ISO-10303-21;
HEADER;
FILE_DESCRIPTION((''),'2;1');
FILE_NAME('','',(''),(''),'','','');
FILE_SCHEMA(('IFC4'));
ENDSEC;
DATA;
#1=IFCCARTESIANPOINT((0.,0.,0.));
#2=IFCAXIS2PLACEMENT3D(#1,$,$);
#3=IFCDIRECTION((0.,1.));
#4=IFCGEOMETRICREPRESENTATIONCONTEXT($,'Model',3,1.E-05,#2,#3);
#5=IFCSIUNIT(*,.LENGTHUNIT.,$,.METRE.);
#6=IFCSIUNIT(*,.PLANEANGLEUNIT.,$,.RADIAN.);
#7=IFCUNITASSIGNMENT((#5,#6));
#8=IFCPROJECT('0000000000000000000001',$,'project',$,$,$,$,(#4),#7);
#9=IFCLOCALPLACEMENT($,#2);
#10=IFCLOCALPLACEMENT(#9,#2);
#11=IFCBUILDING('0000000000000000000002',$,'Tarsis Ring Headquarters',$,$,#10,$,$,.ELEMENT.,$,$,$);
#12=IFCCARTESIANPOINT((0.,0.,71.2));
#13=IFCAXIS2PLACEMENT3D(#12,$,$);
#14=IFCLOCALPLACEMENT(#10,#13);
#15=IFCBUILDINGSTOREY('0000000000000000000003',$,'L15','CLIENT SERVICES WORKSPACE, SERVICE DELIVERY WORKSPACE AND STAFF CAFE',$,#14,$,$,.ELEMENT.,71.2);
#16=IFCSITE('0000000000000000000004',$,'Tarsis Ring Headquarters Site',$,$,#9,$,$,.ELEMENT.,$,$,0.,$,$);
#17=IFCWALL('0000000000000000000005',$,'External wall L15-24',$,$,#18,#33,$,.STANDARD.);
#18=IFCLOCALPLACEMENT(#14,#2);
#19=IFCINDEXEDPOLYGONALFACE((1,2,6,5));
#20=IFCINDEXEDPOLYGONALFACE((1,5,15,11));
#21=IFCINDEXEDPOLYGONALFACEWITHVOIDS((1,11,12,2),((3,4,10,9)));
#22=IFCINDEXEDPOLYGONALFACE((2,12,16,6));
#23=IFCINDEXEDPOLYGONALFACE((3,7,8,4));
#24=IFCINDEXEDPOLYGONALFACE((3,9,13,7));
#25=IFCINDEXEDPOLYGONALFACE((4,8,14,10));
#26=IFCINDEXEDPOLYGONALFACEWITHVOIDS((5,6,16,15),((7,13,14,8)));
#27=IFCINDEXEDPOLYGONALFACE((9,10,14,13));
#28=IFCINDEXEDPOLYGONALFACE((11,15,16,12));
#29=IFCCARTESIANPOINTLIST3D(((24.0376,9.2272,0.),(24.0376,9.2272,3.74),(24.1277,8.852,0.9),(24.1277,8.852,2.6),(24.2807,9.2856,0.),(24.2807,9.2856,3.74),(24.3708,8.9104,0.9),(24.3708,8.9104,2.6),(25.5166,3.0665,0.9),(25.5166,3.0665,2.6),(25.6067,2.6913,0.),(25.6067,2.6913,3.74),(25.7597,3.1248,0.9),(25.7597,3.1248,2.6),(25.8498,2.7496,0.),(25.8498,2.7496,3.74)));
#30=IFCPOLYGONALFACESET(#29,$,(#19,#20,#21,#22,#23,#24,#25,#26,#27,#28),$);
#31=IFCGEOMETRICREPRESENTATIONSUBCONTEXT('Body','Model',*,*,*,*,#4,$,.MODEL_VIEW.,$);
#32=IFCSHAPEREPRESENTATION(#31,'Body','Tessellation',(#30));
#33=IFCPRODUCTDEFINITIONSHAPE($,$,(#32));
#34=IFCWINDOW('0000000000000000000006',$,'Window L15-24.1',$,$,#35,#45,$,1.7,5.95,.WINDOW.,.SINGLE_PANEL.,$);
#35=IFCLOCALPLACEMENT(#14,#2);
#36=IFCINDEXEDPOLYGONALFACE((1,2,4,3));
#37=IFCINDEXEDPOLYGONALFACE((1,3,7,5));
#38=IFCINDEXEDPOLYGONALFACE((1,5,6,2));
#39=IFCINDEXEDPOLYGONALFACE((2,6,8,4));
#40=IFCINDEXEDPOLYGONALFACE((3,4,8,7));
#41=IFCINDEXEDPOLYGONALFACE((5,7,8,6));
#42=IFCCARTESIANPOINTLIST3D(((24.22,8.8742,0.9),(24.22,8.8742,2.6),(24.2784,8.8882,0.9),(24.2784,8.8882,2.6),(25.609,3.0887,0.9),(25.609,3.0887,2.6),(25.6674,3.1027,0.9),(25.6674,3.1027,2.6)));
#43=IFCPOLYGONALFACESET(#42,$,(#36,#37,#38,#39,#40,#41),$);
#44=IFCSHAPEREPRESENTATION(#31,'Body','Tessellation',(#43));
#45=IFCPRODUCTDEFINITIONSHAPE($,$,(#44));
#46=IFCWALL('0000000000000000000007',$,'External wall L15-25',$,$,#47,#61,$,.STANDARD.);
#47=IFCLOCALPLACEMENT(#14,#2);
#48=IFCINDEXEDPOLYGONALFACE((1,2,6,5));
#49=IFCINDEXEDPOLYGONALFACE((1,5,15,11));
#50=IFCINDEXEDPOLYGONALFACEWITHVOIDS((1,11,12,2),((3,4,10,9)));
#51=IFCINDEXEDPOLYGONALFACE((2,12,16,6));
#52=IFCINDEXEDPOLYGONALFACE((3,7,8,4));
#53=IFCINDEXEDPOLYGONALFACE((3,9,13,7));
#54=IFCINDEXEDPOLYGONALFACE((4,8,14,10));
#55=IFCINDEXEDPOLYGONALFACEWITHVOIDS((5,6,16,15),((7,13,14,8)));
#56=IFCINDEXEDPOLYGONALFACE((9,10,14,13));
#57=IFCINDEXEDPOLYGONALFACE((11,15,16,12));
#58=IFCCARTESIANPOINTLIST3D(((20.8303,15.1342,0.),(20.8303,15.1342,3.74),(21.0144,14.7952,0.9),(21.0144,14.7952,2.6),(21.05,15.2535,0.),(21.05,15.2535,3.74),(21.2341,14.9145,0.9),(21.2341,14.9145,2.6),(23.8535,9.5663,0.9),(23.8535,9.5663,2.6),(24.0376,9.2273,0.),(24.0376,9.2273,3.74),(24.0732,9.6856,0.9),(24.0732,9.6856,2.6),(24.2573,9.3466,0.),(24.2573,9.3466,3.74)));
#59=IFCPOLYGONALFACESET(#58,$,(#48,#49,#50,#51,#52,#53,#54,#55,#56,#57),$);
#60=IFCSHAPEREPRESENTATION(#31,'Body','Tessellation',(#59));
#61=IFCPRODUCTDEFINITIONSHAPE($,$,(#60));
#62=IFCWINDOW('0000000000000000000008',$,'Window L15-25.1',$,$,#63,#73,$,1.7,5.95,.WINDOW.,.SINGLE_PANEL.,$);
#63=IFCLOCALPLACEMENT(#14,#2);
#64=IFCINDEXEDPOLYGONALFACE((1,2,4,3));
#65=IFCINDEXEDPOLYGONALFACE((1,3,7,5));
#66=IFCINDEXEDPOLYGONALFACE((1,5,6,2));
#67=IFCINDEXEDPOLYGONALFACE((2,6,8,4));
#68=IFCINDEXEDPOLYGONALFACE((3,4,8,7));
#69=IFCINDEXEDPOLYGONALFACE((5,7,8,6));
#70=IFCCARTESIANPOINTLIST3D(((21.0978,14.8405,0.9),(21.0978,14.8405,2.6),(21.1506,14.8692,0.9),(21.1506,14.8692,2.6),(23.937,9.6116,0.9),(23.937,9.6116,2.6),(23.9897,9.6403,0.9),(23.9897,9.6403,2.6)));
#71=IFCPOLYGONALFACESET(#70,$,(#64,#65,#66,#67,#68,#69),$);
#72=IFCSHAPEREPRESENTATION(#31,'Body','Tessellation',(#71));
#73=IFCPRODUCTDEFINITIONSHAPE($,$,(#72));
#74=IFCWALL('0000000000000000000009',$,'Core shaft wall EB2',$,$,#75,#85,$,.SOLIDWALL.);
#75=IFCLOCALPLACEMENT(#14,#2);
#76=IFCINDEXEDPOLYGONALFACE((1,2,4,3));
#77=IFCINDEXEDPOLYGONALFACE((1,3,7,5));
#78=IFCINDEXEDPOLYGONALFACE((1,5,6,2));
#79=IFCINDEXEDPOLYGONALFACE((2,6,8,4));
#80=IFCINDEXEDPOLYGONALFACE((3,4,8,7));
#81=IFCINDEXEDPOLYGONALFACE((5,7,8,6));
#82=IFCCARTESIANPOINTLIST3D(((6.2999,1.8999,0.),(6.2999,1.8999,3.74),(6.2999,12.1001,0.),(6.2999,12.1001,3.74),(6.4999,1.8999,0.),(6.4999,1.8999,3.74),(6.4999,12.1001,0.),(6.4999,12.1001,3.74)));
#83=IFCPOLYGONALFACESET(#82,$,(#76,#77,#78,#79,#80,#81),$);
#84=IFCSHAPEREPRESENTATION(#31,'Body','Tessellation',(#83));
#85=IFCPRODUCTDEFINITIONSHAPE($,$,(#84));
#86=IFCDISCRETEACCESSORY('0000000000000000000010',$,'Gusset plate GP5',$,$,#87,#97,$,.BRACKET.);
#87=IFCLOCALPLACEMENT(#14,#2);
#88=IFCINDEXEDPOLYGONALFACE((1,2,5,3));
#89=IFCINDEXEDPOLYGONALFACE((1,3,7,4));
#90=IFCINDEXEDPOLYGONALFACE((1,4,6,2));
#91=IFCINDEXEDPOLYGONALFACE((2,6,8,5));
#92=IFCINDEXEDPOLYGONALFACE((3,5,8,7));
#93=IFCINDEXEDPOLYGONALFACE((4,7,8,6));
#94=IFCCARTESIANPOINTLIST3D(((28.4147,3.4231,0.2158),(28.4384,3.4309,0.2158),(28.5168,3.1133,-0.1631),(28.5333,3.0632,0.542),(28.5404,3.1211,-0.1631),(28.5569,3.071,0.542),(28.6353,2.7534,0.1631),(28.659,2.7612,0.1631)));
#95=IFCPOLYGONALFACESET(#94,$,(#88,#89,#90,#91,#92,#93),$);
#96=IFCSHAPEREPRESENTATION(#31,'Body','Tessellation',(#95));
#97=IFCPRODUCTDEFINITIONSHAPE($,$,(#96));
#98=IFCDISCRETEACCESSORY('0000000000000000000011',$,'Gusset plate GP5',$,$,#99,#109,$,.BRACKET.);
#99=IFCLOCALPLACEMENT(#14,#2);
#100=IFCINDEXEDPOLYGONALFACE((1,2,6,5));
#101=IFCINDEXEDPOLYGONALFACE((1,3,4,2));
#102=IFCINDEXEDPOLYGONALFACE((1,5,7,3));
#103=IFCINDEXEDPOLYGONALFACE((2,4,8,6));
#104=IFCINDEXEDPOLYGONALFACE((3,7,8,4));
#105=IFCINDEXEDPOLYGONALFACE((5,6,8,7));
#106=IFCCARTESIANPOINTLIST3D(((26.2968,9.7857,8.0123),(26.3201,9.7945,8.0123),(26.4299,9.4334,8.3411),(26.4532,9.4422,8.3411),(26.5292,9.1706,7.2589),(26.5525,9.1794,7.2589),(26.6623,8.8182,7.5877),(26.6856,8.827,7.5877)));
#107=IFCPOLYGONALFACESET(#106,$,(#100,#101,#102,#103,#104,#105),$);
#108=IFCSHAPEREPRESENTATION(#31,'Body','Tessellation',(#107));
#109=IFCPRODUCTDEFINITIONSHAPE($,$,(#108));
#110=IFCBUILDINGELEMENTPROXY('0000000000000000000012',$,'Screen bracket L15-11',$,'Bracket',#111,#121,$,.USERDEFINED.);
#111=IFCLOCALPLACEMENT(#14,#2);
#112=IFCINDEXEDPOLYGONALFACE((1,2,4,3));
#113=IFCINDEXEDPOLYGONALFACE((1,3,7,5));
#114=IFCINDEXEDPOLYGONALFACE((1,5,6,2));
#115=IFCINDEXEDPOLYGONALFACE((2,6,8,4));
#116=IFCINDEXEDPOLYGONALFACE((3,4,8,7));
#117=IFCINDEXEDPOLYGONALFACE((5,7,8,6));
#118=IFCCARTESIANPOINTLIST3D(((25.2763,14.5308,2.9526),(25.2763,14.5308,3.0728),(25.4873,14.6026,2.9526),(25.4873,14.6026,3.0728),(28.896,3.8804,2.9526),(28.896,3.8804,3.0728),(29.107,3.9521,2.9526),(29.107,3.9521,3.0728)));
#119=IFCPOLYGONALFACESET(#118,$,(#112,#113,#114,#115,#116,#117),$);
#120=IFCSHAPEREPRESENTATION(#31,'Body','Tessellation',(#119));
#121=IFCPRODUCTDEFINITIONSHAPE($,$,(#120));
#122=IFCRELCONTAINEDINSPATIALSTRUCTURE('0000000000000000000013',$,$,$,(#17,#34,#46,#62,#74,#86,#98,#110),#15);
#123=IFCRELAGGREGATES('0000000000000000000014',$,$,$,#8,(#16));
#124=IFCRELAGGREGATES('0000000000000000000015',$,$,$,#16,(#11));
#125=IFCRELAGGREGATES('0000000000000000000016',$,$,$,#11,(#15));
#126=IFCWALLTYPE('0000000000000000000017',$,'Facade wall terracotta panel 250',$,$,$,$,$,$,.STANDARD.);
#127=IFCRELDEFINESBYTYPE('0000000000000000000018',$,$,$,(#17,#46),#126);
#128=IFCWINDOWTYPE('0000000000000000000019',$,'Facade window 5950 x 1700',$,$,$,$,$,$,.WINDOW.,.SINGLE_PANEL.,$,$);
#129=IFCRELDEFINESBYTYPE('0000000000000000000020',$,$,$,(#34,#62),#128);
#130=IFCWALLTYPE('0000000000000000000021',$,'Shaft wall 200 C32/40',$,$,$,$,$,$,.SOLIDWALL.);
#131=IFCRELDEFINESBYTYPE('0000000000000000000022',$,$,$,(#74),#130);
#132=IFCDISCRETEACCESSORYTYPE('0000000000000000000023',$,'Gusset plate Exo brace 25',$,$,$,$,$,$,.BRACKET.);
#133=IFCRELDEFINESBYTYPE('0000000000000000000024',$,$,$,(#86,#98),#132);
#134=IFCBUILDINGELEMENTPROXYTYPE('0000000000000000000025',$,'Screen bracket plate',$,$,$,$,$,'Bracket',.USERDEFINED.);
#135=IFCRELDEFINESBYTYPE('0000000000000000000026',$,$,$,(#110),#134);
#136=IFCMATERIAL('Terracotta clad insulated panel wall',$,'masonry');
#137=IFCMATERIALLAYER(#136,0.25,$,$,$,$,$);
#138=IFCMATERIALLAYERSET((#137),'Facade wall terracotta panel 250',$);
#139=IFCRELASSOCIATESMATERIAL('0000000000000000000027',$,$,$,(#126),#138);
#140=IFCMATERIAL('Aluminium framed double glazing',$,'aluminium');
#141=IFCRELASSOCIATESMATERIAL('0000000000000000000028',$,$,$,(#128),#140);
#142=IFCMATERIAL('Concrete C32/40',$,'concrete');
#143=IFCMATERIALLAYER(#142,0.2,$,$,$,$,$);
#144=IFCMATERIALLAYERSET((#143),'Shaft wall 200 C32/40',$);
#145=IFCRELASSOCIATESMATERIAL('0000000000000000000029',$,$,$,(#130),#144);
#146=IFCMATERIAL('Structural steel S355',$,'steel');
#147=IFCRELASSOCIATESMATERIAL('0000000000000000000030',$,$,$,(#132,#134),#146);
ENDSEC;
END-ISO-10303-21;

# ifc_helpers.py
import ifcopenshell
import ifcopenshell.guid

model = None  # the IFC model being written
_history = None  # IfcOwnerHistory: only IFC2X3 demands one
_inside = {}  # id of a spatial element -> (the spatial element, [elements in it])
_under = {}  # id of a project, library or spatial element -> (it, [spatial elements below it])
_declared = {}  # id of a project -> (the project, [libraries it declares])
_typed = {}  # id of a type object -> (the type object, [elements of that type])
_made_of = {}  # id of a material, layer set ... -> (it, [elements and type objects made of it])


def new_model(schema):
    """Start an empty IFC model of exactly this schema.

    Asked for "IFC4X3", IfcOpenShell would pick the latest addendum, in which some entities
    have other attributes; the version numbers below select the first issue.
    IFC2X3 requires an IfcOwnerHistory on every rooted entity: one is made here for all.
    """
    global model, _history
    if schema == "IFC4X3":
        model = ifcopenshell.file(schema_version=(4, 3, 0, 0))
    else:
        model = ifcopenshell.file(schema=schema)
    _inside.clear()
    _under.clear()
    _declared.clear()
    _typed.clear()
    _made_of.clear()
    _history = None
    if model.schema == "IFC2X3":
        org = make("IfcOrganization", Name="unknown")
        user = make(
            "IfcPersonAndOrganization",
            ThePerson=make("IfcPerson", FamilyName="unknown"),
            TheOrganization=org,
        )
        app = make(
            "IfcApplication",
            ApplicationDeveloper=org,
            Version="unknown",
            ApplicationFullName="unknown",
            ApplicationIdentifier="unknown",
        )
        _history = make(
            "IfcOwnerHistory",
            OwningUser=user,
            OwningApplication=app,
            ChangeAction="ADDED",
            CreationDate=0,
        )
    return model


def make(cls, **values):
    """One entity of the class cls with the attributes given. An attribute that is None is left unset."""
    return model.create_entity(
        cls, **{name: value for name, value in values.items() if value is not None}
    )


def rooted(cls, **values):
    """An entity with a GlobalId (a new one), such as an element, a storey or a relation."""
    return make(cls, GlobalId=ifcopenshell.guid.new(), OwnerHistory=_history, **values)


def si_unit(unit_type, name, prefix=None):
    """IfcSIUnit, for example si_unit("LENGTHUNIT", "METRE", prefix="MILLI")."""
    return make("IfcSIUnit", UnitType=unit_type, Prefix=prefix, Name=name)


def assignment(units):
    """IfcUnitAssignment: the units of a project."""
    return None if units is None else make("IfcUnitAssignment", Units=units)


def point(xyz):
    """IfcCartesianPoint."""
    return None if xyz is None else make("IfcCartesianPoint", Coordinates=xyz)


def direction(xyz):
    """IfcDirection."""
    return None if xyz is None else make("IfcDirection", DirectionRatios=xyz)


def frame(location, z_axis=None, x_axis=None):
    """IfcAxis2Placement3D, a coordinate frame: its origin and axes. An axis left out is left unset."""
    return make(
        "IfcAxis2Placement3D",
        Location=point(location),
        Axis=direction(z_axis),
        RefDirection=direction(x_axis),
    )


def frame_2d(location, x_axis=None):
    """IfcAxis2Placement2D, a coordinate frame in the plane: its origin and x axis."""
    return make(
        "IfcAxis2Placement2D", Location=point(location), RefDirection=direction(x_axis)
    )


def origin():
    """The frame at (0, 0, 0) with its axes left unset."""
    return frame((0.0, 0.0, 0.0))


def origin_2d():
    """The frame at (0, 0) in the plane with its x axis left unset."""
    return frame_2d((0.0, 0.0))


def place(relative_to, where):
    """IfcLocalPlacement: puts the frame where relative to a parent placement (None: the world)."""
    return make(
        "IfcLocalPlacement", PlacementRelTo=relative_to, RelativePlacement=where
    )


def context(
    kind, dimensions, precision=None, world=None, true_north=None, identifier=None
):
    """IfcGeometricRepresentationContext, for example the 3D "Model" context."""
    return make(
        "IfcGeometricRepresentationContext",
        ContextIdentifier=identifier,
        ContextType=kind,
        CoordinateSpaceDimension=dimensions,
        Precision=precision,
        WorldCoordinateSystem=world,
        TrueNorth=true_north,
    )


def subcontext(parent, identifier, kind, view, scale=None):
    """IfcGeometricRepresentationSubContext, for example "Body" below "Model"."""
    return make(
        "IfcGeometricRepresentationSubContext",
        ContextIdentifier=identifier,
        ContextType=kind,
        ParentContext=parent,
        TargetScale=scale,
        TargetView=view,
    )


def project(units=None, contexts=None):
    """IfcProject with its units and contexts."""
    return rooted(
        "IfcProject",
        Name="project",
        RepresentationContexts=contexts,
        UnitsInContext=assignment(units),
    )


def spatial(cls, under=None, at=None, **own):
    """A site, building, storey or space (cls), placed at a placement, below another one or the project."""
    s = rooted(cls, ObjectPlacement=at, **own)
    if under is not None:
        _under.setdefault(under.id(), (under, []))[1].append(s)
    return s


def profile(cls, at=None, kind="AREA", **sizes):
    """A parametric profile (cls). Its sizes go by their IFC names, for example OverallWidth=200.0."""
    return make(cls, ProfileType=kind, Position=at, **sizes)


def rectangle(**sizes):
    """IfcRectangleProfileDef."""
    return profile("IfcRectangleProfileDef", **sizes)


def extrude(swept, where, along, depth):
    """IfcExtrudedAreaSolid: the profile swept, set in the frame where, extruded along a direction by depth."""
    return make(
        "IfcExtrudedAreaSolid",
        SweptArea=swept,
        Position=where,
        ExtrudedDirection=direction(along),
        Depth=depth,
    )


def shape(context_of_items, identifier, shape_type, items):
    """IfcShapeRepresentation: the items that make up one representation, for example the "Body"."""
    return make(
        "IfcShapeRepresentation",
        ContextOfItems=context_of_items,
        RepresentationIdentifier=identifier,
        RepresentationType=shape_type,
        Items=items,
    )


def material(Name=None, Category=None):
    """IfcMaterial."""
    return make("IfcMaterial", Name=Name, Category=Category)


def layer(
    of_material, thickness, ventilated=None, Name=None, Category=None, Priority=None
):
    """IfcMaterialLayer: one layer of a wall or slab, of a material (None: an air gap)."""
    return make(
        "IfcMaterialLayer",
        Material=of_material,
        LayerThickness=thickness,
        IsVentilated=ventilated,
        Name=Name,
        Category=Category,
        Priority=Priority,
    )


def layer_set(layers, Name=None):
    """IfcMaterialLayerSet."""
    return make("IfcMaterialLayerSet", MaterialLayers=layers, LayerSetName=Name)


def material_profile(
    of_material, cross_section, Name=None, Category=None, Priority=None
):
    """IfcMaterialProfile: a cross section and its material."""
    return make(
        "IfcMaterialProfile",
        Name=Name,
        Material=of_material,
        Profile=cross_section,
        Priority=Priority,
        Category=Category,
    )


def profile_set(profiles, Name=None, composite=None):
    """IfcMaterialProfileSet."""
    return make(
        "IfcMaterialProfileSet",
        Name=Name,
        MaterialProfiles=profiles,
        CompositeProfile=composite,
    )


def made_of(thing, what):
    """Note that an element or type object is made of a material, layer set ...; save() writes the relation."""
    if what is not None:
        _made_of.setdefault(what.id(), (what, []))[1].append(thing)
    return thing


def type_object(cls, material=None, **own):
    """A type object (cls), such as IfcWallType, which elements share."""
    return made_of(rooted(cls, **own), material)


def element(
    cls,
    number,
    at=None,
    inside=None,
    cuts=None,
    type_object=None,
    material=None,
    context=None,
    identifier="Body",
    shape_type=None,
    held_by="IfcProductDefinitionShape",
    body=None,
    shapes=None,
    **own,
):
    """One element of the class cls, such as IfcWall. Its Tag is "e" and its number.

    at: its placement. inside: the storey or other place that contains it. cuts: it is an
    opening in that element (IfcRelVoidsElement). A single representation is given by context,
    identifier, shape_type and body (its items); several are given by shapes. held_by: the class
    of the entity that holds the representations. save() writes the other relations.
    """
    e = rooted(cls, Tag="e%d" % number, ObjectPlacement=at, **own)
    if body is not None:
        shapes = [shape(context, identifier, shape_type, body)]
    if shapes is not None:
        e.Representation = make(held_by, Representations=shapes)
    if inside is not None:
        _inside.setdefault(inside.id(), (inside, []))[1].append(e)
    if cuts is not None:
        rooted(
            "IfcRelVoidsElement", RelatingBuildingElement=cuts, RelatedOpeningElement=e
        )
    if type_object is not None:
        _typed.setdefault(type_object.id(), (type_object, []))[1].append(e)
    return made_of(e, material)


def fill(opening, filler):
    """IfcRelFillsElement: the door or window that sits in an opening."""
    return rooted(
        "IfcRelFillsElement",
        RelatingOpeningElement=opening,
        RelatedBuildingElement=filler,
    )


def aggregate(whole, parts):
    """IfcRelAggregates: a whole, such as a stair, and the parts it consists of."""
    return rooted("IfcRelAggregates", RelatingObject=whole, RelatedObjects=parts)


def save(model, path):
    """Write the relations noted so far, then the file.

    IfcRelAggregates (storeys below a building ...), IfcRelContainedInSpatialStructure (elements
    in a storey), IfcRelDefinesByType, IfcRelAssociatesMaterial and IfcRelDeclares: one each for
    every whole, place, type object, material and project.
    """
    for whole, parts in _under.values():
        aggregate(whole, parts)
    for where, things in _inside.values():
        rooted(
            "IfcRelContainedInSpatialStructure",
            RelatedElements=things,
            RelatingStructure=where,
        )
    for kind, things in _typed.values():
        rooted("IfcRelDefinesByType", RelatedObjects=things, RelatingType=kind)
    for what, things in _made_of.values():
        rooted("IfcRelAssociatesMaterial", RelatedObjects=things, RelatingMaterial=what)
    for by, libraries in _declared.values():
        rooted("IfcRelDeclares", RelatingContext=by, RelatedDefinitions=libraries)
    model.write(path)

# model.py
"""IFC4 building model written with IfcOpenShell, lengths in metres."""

from ifc_helpers import new_model, si_unit, direction, frame, frame_2d, origin, origin_2d, place, context, subcontext, project, spatial, rectangle, extrude, material, layer, layer_set, material_profile, profile_set, type_object, element, fill, save


model = new_model("IFC4")

# Units and contexts
model_context = context("Model", 3, precision=1e-05, world=origin(), true_north=direction((0.0, 1.0)))
body_context = subcontext(model_context, "Body", "Model", "MODEL_VIEW")
ifc_project = project(units=[si_unit("LENGTHUNIT", "METRE"), si_unit("PLANEANGLEUNIT", "RADIAN")], contexts=[model_context])

# Site, building, storey
site_placement = place(None, origin())
site = spatial("IfcSite", under=ifc_project, at=site_placement, Name="Tarsis Ring Headquarters Site", CompositionType="ELEMENT", RefElevation=0.0)
building_placement = place(site_placement, origin())
building = spatial("IfcBuilding", under=site, at=building_placement, Name="Tarsis Ring Headquarters", CompositionType="ELEMENT")
storey_placement = place(building_placement, frame((0.0, 0.0, 71.2)))
storey = spatial("IfcBuildingStorey", under=building, at=storey_placement, Name="L15", Description="CLIENT SERVICES WORKSPACE, SERVICE DELIVERY WORKSPACE AND STAFF CAFE", CompositionType="ELEMENT", Elevation=71.2)

# Shared definitions
ifc_material_1 = material(Name="Structural steel S355", Category="steel")

# Walls, openings, windows
ifc_material_2 = material(Name="Terracotta clad insulated panel wall", Category="masonry")
ifc_layer_1 = layer(ifc_material_2, 0.25)
ifc_layer_set_1 = layer_set([ifc_layer_1], Name="Facade wall terracotta panel 250")
wall_type_1 = type_object("IfcWallType", Name="Facade wall terracotta panel 250", PredefinedType="STANDARD", material=ifc_layer_set_1)
wall_1_placement = place(storey_placement, frame((25.7283, 2.7205, 0.0), z_axis=(0.0, 0.0, 1.0), x_axis=(-0.23344, 0.972371, 0.0)))
wall_1 = element("IfcWall", 1, at=wall_1_placement, inside=storey, type_object=wall_type_1, Name="External wall L15-24", PredefinedType="STANDARD", context=body_context, shape_type="SweptSolid", body=[
    extrude(rectangle(XDim=6.7217, YDim=0.25, at=frame_2d((3.3608, 0.0))), origin(), (0.0, 0.0, 1.0), 3.74),
])
opening_1_placement = place(wall_1_placement, frame((0.3857, 0.0, 0.8999)))
opening_1 = element("IfcOpeningElement", 2, at=opening_1_placement, cuts=wall_1, PredefinedType="OPENING", context=body_context, shape_type="SweptSolid", body=[
    extrude(rectangle(XDim=5.95, YDim=1.7, at=frame_2d((2.9751, 0.8501))), frame((0.0, 0.135, 0.0), z_axis=(0.0, -1.0, 0.0), x_axis=(1.0, 0.0, 0.0)), (0.0, 0.0, 1.0), 0.27),
])
ifc_material_3 = material(Name="Aluminium framed double glazing", Category="aluminium")
window_type = type_object("IfcWindowType", Name="Facade window 5950 x 1700", PartitioningType="SINGLE_PANEL", PredefinedType="WINDOW", material=ifc_material_3)
window_1_placement = place(opening_1_placement, origin())
window_1 = element("IfcWindow", 3, at=window_1_placement, inside=storey, type_object=window_type, Name="Window L15-24.1", OverallHeight=1.7, OverallWidth=5.95, PartitioningType="SINGLE_PANEL", PredefinedType="WINDOW", context=body_context, shape_type="SweptSolid", body=[
    extrude(rectangle(XDim=5.95, YDim=1.7, at=frame_2d((2.9751, 0.8501))), frame((0.0, 0.03, 0.0), z_axis=(0.0, -1.0, 0.0), x_axis=(1.0, 0.0, 0.0)), (0.0, 0.0, 1.0), 0.0601),
])
fill(opening_1, window_1)
wall_2_placement = place(storey_placement, frame((24.1475, 9.2869, 0.0), z_axis=(0.0, 0.0, 1.0), x_axis=(-0.477164, 0.878814, 0.0)))
wall_2 = element("IfcWall", 4, at=wall_2_placement, inside=storey, type_object=wall_type_1, Name="External wall L15-25", PredefinedType="STANDARD", context=body_context, shape_type="SweptSolid", body=[
    extrude(rectangle(XDim=6.7214, YDim=0.25, at=frame_2d((3.3608, 0.0))), origin(), (0.0, 0.0, 1.0), 3.74),
])
opening_2_placement = place(wall_2_placement, frame((0.3857, 0.0, 0.8999)))
opening_2 = element("IfcOpeningElement", 5, at=opening_2_placement, cuts=wall_2, PredefinedType="OPENING", context=body_context, shape_type="SweptSolid", body=[
    extrude(rectangle(XDim=5.95, YDim=1.7, at=frame_2d((2.9751, 0.8501))), frame((0.0, 0.135, 0.0), z_axis=(0.0, -1.0, 0.0), x_axis=(1.0, 0.0, 0.0)), (0.0, 0.0, 1.0), 0.27),
])
window_2_placement = place(opening_2_placement, origin())
window_2 = element("IfcWindow", 6, at=window_2_placement, inside=storey, type_object=window_type, Name="Window L15-25.1", OverallHeight=1.7, OverallWidth=5.95, PartitioningType="SINGLE_PANEL", PredefinedType="WINDOW", context=body_context, shape_type="SweptSolid", body=[
    extrude(rectangle(XDim=5.95, YDim=1.7, at=frame_2d((2.9751, 0.8501))), frame((0.0, 0.03, 0.0), z_axis=(0.0, -1.0, 0.0), x_axis=(1.0, 0.0, 0.0)), (0.0, 0.0, 1.0), 0.0601),
])
fill(opening_2, window_2)

# Wall
ifc_material_4 = material(Name="Concrete C32/40", Category="concrete")
ifc_layer_2 = layer(ifc_material_4, 0.2)
ifc_layer_set_2 = layer_set([ifc_layer_2], Name="Shaft wall 200 C32/40")
wall_type_2 = type_object("IfcWallType", Name="Shaft wall 200 C32/40", PredefinedType="SOLIDWALL", material=ifc_layer_set_2)
wall_3_placement = place(storey_placement, frame((6.3999, 1.8999, 0.0), z_axis=(0.0, 0.0, 1.0), x_axis=(0.0, 1.0, 0.0)))
element("IfcWall", 7, at=wall_3_placement, inside=storey, type_object=wall_type_2, Name="Core shaft wall EB2", PredefinedType="SOLIDWALL", context=body_context, shape_type="SweptSolid", body=[
    extrude(rectangle(XDim=10.2002, YDim=0.2, at=frame_2d((5.1001, 0.0))), origin(), (0.0, 0.0, 1.0), 3.74),
])

# Discrete accessories
ifc_material_profile_1 = material_profile(ifc_material_1, rectangle(XDim=0.0249, YDim=0.5, at=origin_2d()), Name="PL 25x500")
ifc_profile_set_1 = profile_set([ifc_material_profile_1], Name="Structural steel S355")
discrete_accessory_type = type_object("IfcDiscreteAccessoryType", Name="Gusset plate Exo brace 25", PredefinedType="BRACKET", material=ifc_profile_set_1)
discrete_accessory_1_placement = place(storey_placement, frame((28.5879, 2.9373, 0.0), z_axis=(-0.204114, 0.619667, 0.757859), x_axis=(-0.9498, -0.312858, 0.0)))
element("IfcDiscreteAccessory", 8, at=discrete_accessory_1_placement, inside=storey, type_object=discrete_accessory_type, Name="Gusset plate GP5", PredefinedType="BRACKET", context=body_context, shape_type="SweptSolid", body=[
    extrude(rectangle(XDim=0.0249, YDim=0.5, at=origin_2d()), origin(), (0.0, 0.0, 1.0), 0.5),
])
discrete_accessory_2_placement = place(storey_placement, frame((26.6074, 8.9988, 7.4233), z_axis=(-0.232402, 0.615182, 0.753353), x_axis=(-0.935472, -0.353401, 0.0)))
element("IfcDiscreteAccessory", 9, at=discrete_accessory_2_placement, inside=storey, type_object=discrete_accessory_type, Name="Gusset plate GP5", PredefinedType="BRACKET", context=body_context, shape_type="SweptSolid", body=[
    extrude(rectangle(XDim=0.0249, YDim=0.5, at=origin_2d()), origin(), (0.0, 0.0, 1.0), 1.0),
])

# Building element proxy
building_element_proxy_type = type_object("IfcBuildingElementProxyType", Name="Screen bracket plate", ElementType="Bracket", PredefinedType="USERDEFINED", material=ifc_material_1)
proxy_placement = place(storey_placement, frame((27.1917, 9.2415, 2.9526), z_axis=(0.0, 0.0, 1.0), x_axis=(-0.321791, 0.946811, 0.0)))
element("IfcBuildingElementProxy", 10, at=proxy_placement, inside=storey, type_object=building_element_proxy_type, Name="Screen bracket L15-11", ObjectType="Bracket", PredefinedType="USERDEFINED", context=body_context, shape_type="SweptSolid", body=[
    extrude(rectangle(XDim=11.2488, YDim=0.2229, at=origin_2d()), origin(), (0.0, 0.0, 1.0), 0.1201),
])

save(model, "model.ifc")
